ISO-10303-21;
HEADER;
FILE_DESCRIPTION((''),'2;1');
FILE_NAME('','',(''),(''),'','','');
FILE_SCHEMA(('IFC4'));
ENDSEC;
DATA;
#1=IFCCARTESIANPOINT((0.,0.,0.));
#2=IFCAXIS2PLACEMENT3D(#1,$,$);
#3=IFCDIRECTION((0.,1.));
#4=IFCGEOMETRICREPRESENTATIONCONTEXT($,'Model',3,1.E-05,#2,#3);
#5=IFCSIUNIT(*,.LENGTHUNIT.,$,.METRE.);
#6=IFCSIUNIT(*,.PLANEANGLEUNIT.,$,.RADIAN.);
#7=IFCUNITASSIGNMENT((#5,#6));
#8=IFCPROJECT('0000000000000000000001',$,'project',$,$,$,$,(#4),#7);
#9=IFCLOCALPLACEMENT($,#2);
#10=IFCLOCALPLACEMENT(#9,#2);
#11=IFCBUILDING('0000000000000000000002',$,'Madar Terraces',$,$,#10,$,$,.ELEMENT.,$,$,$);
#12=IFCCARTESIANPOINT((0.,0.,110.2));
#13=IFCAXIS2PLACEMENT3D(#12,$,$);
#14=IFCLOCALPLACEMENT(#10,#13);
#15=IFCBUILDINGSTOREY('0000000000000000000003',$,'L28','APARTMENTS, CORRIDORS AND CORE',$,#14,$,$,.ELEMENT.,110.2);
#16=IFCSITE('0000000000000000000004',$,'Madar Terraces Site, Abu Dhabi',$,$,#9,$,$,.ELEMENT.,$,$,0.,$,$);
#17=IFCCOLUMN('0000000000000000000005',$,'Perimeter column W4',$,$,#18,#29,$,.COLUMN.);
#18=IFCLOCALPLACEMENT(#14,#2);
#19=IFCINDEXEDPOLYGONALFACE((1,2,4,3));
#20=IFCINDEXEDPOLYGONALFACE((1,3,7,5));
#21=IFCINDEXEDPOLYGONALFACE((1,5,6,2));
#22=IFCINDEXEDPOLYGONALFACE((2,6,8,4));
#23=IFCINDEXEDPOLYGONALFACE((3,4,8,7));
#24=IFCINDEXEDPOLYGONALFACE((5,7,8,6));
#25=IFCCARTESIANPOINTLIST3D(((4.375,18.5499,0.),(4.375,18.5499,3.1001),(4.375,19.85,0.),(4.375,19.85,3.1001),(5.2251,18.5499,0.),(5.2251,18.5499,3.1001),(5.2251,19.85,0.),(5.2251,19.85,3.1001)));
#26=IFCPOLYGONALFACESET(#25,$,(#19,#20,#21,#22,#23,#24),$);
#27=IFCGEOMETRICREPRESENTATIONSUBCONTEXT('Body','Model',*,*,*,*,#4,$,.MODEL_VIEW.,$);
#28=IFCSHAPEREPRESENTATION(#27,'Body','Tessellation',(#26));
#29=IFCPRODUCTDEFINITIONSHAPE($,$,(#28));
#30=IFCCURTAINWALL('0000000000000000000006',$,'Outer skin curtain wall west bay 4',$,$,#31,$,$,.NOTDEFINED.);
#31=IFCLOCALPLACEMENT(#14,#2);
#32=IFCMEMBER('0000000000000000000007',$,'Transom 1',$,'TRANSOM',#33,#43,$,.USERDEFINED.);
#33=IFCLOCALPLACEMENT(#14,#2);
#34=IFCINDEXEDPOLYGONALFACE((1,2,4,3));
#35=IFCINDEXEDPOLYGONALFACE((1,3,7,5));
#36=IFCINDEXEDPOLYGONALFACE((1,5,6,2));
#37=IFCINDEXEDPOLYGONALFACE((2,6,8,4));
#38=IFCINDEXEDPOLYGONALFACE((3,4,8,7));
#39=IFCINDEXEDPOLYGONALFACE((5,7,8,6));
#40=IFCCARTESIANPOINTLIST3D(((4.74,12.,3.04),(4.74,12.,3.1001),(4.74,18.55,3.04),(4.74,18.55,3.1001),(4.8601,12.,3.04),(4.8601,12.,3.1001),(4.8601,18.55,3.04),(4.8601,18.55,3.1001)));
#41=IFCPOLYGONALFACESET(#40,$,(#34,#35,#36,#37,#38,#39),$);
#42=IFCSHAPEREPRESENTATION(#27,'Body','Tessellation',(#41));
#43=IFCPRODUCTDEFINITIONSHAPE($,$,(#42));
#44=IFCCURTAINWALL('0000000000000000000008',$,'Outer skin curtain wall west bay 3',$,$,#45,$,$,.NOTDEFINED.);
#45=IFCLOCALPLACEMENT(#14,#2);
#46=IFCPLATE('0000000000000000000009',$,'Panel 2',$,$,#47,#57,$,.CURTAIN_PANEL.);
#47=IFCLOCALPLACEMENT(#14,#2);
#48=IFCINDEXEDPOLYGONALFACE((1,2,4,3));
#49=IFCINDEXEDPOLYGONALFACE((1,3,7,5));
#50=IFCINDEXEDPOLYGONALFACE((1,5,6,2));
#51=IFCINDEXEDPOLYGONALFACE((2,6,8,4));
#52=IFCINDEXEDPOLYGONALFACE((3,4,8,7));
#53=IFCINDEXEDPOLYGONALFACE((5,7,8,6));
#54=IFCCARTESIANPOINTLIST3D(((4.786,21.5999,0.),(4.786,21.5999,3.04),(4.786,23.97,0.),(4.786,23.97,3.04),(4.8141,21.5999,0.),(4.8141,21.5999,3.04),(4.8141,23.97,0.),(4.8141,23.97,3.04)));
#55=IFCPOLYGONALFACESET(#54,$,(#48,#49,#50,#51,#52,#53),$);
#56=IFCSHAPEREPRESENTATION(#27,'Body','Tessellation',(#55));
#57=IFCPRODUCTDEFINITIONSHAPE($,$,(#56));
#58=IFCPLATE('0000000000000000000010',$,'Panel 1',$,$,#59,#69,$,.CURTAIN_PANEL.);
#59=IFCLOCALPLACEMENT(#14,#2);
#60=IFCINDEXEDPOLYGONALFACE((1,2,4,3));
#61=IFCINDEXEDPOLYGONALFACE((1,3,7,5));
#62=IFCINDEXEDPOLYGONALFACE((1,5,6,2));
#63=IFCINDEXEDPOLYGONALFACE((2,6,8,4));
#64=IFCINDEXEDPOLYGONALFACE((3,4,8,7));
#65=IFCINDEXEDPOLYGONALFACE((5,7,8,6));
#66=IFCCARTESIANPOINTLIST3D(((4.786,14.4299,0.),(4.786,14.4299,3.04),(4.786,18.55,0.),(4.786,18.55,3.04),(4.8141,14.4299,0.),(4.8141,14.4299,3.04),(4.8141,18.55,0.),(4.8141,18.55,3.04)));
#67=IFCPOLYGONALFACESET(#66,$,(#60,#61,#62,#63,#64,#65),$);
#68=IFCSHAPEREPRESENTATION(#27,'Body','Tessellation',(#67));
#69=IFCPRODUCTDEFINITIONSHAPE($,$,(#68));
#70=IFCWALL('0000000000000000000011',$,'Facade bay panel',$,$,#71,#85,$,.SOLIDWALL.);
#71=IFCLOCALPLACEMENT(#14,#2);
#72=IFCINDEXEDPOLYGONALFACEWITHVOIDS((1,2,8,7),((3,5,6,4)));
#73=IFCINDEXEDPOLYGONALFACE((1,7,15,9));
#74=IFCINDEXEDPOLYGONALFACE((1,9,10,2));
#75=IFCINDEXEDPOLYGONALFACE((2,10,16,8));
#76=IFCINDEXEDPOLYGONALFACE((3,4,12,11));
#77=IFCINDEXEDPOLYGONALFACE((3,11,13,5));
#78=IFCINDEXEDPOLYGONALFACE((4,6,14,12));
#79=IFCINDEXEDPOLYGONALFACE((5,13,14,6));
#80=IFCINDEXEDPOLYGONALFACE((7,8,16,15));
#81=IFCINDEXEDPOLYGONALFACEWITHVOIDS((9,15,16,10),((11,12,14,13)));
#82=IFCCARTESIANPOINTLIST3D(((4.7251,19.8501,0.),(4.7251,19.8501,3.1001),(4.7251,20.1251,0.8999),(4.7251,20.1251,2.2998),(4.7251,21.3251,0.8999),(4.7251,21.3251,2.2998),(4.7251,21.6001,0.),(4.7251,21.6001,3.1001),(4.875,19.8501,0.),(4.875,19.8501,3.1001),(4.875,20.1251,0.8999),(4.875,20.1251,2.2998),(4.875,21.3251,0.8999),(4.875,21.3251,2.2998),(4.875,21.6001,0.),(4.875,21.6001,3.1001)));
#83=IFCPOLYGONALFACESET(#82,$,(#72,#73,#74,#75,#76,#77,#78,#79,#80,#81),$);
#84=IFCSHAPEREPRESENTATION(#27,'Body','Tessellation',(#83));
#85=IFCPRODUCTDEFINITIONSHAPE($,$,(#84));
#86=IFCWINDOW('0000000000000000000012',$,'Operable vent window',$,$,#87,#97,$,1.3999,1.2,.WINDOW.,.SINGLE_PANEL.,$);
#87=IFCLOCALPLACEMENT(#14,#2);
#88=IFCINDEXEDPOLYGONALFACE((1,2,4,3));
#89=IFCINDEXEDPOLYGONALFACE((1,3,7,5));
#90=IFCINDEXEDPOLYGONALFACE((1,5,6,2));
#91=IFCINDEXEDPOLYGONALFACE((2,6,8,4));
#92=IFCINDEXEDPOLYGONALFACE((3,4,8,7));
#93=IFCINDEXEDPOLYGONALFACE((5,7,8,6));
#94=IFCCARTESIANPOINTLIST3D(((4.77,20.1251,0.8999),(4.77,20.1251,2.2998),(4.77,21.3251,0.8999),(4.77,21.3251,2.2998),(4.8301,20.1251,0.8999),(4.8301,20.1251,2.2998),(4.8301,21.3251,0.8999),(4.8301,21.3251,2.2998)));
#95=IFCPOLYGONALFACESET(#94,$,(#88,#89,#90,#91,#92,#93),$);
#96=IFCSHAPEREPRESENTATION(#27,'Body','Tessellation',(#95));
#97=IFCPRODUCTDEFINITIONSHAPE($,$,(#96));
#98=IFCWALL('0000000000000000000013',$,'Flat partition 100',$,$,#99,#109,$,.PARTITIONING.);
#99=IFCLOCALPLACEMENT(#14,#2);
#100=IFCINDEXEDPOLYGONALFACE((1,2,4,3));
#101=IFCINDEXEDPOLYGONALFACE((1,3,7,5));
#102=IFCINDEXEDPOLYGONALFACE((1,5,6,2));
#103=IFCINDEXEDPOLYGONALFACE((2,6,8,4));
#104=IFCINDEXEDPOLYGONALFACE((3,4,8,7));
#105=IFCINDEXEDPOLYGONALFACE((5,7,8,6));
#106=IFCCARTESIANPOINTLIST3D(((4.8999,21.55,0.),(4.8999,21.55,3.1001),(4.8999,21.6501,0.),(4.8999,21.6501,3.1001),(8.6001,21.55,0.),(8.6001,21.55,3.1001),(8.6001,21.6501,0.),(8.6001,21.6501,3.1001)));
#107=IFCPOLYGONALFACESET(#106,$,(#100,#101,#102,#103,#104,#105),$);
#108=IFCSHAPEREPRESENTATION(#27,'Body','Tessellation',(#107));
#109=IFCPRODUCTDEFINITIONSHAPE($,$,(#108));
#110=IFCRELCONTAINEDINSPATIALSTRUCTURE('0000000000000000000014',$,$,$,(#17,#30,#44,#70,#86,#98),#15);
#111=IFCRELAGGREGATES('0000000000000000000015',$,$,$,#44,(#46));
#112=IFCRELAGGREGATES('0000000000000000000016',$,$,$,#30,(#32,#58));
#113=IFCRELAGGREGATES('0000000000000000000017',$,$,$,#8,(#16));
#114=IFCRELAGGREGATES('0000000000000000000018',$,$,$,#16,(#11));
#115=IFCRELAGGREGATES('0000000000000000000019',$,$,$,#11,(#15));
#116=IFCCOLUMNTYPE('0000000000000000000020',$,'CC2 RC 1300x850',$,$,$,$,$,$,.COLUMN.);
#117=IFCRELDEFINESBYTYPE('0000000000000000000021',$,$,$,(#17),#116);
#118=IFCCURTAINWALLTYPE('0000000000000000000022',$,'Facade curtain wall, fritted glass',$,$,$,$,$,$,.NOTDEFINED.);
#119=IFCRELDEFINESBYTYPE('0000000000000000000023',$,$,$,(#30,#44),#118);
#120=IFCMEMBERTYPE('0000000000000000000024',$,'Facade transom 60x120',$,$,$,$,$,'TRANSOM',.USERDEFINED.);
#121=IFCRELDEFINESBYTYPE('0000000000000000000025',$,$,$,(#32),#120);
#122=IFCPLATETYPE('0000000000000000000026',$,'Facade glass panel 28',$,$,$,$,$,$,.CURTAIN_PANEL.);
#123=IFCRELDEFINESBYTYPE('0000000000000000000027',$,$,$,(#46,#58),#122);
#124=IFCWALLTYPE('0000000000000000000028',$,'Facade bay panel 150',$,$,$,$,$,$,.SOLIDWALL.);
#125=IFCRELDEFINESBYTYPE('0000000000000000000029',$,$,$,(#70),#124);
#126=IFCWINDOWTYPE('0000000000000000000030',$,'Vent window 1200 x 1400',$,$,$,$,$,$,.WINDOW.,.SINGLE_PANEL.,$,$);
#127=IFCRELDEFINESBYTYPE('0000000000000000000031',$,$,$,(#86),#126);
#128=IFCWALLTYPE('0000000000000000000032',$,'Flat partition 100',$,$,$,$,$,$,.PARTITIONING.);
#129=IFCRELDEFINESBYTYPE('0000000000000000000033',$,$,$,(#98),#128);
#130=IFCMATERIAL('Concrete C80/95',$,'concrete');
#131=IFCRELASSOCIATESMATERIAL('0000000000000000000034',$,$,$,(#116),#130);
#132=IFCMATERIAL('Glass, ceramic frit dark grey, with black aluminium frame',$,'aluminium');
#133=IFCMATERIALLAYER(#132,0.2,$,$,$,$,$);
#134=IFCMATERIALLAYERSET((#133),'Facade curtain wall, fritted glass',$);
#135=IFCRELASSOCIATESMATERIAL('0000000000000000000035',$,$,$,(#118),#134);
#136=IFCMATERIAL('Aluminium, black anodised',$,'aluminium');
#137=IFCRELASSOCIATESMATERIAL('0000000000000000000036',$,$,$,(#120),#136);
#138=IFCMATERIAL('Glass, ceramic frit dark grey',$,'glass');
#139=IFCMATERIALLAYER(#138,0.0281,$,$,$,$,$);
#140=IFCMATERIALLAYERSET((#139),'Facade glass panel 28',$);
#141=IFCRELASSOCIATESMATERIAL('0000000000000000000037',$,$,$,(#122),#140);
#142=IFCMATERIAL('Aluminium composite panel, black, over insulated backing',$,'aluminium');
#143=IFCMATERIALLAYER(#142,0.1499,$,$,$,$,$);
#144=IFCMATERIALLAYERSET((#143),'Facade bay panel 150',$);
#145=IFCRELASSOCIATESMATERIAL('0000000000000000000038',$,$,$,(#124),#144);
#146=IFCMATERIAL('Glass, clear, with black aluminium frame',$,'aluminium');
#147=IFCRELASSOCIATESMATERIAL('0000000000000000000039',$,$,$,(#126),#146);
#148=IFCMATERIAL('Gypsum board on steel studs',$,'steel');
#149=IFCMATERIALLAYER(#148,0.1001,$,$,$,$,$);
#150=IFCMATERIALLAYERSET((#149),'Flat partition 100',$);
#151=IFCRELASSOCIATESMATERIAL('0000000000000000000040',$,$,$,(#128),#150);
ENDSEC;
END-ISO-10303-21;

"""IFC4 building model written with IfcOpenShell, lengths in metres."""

from ifc_helpers import new_model, si_unit, direction, frame, frame_2d, origin, origin_2d, place, context, subcontext, project, spatial, rectangle, extrude, material, layer, layer_set, material_profile, profile_set, type_object, element, fill, aggregate, save


model = new_model("IFC4")

# Units and contexts
model_context = context("Model", 3, precision=1e-05, world=origin(), true_north=direction((0.0, 1.0)))
body_context = subcontext(model_context, "Body", "Model", "MODEL_VIEW")
ifc_project = project(units=[si_unit("LENGTHUNIT", "METRE"), si_unit("PLANEANGLEUNIT", "RADIAN")], contexts=[model_context])

# Site, building, storey
site_placement = place(None, origin())
site = spatial("IfcSite", under=ifc_project, at=site_placement, Name="Madar Terraces Site, Abu Dhabi", CompositionType="ELEMENT", RefElevation=0.0)
building_placement = place(site_placement, origin())
building = spatial("IfcBuilding", under=site, at=building_placement, Name="Madar Terraces", CompositionType="ELEMENT")
storey_placement = place(building_placement, frame((0.0, 0.0, 110.2)))
storey = spatial("IfcBuildingStorey", under=building, at=storey_placement, Name="L28", Description="APARTMENTS, CORRIDORS AND CORE", CompositionType="ELEMENT", Elevation=110.2)

# Column
ifc_material_1 = material(Name="Concrete C80/95", Category="concrete")
ifc_material_profile_1 = material_profile(ifc_material_1, rectangle(XDim=1.3, YDim=0.8501, at=origin_2d()), Name="CC2 RC 1300x850")
ifc_profile_set_1 = profile_set([ifc_material_profile_1], Name="Concrete C80/95")
column_type = type_object("IfcColumnType", Name="CC2 RC 1300x850", PredefinedType="COLUMN", material=ifc_profile_set_1)
column_placement = place(storey_placement, frame((4.8, 19.2, 0.0), z_axis=(0.0, 0.0, 1.0), x_axis=(0.0, 1.0, 0.0)))
element("IfcColumn", 1, at=column_placement, inside=storey, type_object=column_type, Name="Perimeter column W4", PredefinedType="COLUMN", context=body_context, shape_type="SweptSolid", body=[
    extrude(rectangle(XDim=1.3, YDim=0.8501, at=origin_2d()), origin(), (0.0, 0.0, 1.0), 3.1001),
])

# Curtain wall, member
ifc_material_2 = material(Name="Glass, ceramic frit dark grey, with black aluminium frame", Category="aluminium")
ifc_layer_1 = layer(ifc_material_2, 0.2)
ifc_layer_set_1 = layer_set([ifc_layer_1], Name="Facade curtain wall, fritted glass")
curtain_wall_type = type_object("IfcCurtainWallType", Name="Facade curtain wall, fritted glass", PredefinedType="NOTDEFINED", material=ifc_layer_set_1)
curtain_wall_1_placement = place(storey_placement, origin())
curtain_wall_1 = element("IfcCurtainWall", 2, at=curtain_wall_1_placement, inside=storey, type_object=curtain_wall_type, Name="Outer skin curtain wall west bay 4", PredefinedType="NOTDEFINED")
ifc_material_3 = material(Name="Aluminium, black anodised", Category="aluminium")
ifc_material_profile_2 = material_profile(ifc_material_3, rectangle(XDim=0.1201, YDim=0.0601, at=origin_2d()), Name="Facade transom 60x120")
ifc_profile_set_2 = profile_set([ifc_material_profile_2], Name="Aluminium, black anodised")
member_type = type_object("IfcMemberType", Name="Facade transom 60x120", ElementType="TRANSOM", PredefinedType="USERDEFINED", material=ifc_profile_set_2)
member_placement = place(storey_placement, frame((4.8, 18.55, 3.0701), z_axis=(0.0, -1.0, 0.0), x_axis=(1.0, 0.0, 0.0)))
member = element("IfcMember", 3, at=member_placement, type_object=member_type, Name="Transom 1", ObjectType="TRANSOM", PredefinedType="USERDEFINED", context=body_context, shape_type="SweptSolid", body=[
    extrude(rectangle(XDim=0.1201, YDim=0.0601, at=origin_2d()), origin(), (0.0, 0.0, 1.0), 6.55),
])

# Curtain wall, plate
curtain_wall_2_placement = place(storey_placement, origin())
curtain_wall_2 = element("IfcCurtainWall", 4, at=curtain_wall_2_placement, inside=storey, type_object=curtain_wall_type, Name="Outer skin curtain wall west bay 3", PredefinedType="NOTDEFINED")
ifc_material_4 = material(Name="Glass, ceramic frit dark grey", Category="glass")
ifc_layer_2 = layer(ifc_material_4, 0.0281)
ifc_layer_set_2 = layer_set([ifc_layer_2], Name="Facade glass panel 28")
plate_type = type_object("IfcPlateType", Name="Facade glass panel 28", PredefinedType="CURTAIN_PANEL", material=ifc_layer_set_2)
plate_1_placement = place(storey_placement, frame((4.8, 22.7849, 0.0), z_axis=(0.0, 0.0, 1.0), x_axis=(0.0, -1.0, 0.0)))
plate_1 = element("IfcPlate", 5, at=plate_1_placement, type_object=plate_type, Name="Panel 2", PredefinedType="CURTAIN_PANEL", context=body_context, shape_type="SweptSolid", body=[
    extrude(rectangle(XDim=2.3701, YDim=0.0281, at=origin_2d()), origin(), (0.0, 0.0, 1.0), 3.04),
])
aggregate(curtain_wall_2, [plate_1])

# Plate
plate_2_placement = place(storey_placement, frame((4.8, 16.49, 0.0), z_axis=(0.0, 0.0, 1.0), x_axis=(0.0, -1.0, 0.0)))
plate_2 = element("IfcPlate", 6, at=plate_2_placement, type_object=plate_type, Name="Panel 1", PredefinedType="CURTAIN_PANEL", context=body_context, shape_type="SweptSolid", body=[
    extrude(rectangle(XDim=4.1201, YDim=0.0281, at=origin_2d()), origin(), (0.0, 0.0, 1.0), 3.04),
])
aggregate(curtain_wall_1, [member, plate_2])

# Wall, opening, window
ifc_material_5 = material(Name="Aluminium composite panel, black, over insulated backing", Category="aluminium")
ifc_layer_3 = layer(ifc_material_5, 0.1499)
ifc_layer_set_3 = layer_set([ifc_layer_3], Name="Facade bay panel 150")
wall_type_1 = type_object("IfcWallType", Name="Facade bay panel 150", PredefinedType="SOLIDWALL", material=ifc_layer_set_3)
wall_1_placement = place(storey_placement, frame((4.8, 21.6001, 0.0), z_axis=(0.0, 0.0, 1.0), x_axis=(0.0, -1.0, 0.0)))
wall_1 = element("IfcWall", 7, at=wall_1_placement, inside=storey, type_object=wall_type_1, Name="Facade bay panel", PredefinedType="SOLIDWALL", context=body_context, shape_type="SweptSolid", body=[
    extrude(rectangle(XDim=1.75, YDim=0.1499, at=frame_2d((0.875, 0.0))), origin(), (0.0, 0.0, 1.0), 3.1001),
])
opening_1_placement = place(wall_1_placement, frame((0.2749, 0.0, 0.8999)))
opening_1 = element("IfcOpeningElement", 8, at=opening_1_placement, cuts=wall_1, PredefinedType="OPENING", context=body_context, shape_type="SweptSolid", body=[
    extrude(rectangle(XDim=1.2, YDim=1.3999, at=frame_2d((0.6001, 0.7))), frame((0.0, 0.085, 0.0), z_axis=(0.0, -1.0, 0.0), x_axis=(1.0, 0.0, 0.0)), (0.0, 0.0, 1.0), 0.1699),
])
ifc_material_6 = material(Name="Glass, clear, with black aluminium frame", Category="aluminium")
window_type = type_object("IfcWindowType", Name="Vent window 1200 x 1400", PartitioningType="SINGLE_PANEL", PredefinedType="WINDOW", material=ifc_material_6)
window_placement = place(opening_1_placement, origin())
window = element("IfcWindow", 9, at=window_placement, inside=storey, type_object=window_type, Name="Operable vent window", OverallHeight=1.3999, OverallWidth=1.2, PartitioningType="SINGLE_PANEL", PredefinedType="WINDOW", context=body_context, shape_type="SweptSolid", body=[
    extrude(rectangle(XDim=1.2, YDim=1.3999, at=frame_2d((0.6001, 0.7))), frame((0.0, 0.03, 0.0), z_axis=(0.0, -1.0, 0.0), x_axis=(1.0, 0.0, 0.0)), (0.0, 0.0, 1.0), 0.0601),
])
fill(opening_1, window)

# Wall
ifc_material_7 = material(Name="Gypsum board on steel studs", Category="steel")
ifc_layer_4 = layer(ifc_material_7, 0.1001)
ifc_layer_set_4 = layer_set([ifc_layer_4], Name="Flat partition 100")
wall_type_2 = type_object("IfcWallType", Name="Flat partition 100", PredefinedType="PARTITIONING", material=ifc_layer_set_4)
wall_2_placement = place(storey_placement, frame((8.6001, 21.6001, 0.0), z_axis=(0.0, 0.0, 1.0), x_axis=(-1.0, 0.0, 0.0)))
element("IfcWall", 10, at=wall_2_placement, inside=storey, type_object=wall_type_2, Name="Flat partition 100", PredefinedType="PARTITIONING", context=body_context, shape_type="SweptSolid", body=[
    extrude(rectangle(XDim=3.7002, YDim=0.1001, at=frame_2d((1.8501, 0.0))), origin(), (0.0, 0.0, 1.0), 3.1001),
])

save(model, "model.ifc")
